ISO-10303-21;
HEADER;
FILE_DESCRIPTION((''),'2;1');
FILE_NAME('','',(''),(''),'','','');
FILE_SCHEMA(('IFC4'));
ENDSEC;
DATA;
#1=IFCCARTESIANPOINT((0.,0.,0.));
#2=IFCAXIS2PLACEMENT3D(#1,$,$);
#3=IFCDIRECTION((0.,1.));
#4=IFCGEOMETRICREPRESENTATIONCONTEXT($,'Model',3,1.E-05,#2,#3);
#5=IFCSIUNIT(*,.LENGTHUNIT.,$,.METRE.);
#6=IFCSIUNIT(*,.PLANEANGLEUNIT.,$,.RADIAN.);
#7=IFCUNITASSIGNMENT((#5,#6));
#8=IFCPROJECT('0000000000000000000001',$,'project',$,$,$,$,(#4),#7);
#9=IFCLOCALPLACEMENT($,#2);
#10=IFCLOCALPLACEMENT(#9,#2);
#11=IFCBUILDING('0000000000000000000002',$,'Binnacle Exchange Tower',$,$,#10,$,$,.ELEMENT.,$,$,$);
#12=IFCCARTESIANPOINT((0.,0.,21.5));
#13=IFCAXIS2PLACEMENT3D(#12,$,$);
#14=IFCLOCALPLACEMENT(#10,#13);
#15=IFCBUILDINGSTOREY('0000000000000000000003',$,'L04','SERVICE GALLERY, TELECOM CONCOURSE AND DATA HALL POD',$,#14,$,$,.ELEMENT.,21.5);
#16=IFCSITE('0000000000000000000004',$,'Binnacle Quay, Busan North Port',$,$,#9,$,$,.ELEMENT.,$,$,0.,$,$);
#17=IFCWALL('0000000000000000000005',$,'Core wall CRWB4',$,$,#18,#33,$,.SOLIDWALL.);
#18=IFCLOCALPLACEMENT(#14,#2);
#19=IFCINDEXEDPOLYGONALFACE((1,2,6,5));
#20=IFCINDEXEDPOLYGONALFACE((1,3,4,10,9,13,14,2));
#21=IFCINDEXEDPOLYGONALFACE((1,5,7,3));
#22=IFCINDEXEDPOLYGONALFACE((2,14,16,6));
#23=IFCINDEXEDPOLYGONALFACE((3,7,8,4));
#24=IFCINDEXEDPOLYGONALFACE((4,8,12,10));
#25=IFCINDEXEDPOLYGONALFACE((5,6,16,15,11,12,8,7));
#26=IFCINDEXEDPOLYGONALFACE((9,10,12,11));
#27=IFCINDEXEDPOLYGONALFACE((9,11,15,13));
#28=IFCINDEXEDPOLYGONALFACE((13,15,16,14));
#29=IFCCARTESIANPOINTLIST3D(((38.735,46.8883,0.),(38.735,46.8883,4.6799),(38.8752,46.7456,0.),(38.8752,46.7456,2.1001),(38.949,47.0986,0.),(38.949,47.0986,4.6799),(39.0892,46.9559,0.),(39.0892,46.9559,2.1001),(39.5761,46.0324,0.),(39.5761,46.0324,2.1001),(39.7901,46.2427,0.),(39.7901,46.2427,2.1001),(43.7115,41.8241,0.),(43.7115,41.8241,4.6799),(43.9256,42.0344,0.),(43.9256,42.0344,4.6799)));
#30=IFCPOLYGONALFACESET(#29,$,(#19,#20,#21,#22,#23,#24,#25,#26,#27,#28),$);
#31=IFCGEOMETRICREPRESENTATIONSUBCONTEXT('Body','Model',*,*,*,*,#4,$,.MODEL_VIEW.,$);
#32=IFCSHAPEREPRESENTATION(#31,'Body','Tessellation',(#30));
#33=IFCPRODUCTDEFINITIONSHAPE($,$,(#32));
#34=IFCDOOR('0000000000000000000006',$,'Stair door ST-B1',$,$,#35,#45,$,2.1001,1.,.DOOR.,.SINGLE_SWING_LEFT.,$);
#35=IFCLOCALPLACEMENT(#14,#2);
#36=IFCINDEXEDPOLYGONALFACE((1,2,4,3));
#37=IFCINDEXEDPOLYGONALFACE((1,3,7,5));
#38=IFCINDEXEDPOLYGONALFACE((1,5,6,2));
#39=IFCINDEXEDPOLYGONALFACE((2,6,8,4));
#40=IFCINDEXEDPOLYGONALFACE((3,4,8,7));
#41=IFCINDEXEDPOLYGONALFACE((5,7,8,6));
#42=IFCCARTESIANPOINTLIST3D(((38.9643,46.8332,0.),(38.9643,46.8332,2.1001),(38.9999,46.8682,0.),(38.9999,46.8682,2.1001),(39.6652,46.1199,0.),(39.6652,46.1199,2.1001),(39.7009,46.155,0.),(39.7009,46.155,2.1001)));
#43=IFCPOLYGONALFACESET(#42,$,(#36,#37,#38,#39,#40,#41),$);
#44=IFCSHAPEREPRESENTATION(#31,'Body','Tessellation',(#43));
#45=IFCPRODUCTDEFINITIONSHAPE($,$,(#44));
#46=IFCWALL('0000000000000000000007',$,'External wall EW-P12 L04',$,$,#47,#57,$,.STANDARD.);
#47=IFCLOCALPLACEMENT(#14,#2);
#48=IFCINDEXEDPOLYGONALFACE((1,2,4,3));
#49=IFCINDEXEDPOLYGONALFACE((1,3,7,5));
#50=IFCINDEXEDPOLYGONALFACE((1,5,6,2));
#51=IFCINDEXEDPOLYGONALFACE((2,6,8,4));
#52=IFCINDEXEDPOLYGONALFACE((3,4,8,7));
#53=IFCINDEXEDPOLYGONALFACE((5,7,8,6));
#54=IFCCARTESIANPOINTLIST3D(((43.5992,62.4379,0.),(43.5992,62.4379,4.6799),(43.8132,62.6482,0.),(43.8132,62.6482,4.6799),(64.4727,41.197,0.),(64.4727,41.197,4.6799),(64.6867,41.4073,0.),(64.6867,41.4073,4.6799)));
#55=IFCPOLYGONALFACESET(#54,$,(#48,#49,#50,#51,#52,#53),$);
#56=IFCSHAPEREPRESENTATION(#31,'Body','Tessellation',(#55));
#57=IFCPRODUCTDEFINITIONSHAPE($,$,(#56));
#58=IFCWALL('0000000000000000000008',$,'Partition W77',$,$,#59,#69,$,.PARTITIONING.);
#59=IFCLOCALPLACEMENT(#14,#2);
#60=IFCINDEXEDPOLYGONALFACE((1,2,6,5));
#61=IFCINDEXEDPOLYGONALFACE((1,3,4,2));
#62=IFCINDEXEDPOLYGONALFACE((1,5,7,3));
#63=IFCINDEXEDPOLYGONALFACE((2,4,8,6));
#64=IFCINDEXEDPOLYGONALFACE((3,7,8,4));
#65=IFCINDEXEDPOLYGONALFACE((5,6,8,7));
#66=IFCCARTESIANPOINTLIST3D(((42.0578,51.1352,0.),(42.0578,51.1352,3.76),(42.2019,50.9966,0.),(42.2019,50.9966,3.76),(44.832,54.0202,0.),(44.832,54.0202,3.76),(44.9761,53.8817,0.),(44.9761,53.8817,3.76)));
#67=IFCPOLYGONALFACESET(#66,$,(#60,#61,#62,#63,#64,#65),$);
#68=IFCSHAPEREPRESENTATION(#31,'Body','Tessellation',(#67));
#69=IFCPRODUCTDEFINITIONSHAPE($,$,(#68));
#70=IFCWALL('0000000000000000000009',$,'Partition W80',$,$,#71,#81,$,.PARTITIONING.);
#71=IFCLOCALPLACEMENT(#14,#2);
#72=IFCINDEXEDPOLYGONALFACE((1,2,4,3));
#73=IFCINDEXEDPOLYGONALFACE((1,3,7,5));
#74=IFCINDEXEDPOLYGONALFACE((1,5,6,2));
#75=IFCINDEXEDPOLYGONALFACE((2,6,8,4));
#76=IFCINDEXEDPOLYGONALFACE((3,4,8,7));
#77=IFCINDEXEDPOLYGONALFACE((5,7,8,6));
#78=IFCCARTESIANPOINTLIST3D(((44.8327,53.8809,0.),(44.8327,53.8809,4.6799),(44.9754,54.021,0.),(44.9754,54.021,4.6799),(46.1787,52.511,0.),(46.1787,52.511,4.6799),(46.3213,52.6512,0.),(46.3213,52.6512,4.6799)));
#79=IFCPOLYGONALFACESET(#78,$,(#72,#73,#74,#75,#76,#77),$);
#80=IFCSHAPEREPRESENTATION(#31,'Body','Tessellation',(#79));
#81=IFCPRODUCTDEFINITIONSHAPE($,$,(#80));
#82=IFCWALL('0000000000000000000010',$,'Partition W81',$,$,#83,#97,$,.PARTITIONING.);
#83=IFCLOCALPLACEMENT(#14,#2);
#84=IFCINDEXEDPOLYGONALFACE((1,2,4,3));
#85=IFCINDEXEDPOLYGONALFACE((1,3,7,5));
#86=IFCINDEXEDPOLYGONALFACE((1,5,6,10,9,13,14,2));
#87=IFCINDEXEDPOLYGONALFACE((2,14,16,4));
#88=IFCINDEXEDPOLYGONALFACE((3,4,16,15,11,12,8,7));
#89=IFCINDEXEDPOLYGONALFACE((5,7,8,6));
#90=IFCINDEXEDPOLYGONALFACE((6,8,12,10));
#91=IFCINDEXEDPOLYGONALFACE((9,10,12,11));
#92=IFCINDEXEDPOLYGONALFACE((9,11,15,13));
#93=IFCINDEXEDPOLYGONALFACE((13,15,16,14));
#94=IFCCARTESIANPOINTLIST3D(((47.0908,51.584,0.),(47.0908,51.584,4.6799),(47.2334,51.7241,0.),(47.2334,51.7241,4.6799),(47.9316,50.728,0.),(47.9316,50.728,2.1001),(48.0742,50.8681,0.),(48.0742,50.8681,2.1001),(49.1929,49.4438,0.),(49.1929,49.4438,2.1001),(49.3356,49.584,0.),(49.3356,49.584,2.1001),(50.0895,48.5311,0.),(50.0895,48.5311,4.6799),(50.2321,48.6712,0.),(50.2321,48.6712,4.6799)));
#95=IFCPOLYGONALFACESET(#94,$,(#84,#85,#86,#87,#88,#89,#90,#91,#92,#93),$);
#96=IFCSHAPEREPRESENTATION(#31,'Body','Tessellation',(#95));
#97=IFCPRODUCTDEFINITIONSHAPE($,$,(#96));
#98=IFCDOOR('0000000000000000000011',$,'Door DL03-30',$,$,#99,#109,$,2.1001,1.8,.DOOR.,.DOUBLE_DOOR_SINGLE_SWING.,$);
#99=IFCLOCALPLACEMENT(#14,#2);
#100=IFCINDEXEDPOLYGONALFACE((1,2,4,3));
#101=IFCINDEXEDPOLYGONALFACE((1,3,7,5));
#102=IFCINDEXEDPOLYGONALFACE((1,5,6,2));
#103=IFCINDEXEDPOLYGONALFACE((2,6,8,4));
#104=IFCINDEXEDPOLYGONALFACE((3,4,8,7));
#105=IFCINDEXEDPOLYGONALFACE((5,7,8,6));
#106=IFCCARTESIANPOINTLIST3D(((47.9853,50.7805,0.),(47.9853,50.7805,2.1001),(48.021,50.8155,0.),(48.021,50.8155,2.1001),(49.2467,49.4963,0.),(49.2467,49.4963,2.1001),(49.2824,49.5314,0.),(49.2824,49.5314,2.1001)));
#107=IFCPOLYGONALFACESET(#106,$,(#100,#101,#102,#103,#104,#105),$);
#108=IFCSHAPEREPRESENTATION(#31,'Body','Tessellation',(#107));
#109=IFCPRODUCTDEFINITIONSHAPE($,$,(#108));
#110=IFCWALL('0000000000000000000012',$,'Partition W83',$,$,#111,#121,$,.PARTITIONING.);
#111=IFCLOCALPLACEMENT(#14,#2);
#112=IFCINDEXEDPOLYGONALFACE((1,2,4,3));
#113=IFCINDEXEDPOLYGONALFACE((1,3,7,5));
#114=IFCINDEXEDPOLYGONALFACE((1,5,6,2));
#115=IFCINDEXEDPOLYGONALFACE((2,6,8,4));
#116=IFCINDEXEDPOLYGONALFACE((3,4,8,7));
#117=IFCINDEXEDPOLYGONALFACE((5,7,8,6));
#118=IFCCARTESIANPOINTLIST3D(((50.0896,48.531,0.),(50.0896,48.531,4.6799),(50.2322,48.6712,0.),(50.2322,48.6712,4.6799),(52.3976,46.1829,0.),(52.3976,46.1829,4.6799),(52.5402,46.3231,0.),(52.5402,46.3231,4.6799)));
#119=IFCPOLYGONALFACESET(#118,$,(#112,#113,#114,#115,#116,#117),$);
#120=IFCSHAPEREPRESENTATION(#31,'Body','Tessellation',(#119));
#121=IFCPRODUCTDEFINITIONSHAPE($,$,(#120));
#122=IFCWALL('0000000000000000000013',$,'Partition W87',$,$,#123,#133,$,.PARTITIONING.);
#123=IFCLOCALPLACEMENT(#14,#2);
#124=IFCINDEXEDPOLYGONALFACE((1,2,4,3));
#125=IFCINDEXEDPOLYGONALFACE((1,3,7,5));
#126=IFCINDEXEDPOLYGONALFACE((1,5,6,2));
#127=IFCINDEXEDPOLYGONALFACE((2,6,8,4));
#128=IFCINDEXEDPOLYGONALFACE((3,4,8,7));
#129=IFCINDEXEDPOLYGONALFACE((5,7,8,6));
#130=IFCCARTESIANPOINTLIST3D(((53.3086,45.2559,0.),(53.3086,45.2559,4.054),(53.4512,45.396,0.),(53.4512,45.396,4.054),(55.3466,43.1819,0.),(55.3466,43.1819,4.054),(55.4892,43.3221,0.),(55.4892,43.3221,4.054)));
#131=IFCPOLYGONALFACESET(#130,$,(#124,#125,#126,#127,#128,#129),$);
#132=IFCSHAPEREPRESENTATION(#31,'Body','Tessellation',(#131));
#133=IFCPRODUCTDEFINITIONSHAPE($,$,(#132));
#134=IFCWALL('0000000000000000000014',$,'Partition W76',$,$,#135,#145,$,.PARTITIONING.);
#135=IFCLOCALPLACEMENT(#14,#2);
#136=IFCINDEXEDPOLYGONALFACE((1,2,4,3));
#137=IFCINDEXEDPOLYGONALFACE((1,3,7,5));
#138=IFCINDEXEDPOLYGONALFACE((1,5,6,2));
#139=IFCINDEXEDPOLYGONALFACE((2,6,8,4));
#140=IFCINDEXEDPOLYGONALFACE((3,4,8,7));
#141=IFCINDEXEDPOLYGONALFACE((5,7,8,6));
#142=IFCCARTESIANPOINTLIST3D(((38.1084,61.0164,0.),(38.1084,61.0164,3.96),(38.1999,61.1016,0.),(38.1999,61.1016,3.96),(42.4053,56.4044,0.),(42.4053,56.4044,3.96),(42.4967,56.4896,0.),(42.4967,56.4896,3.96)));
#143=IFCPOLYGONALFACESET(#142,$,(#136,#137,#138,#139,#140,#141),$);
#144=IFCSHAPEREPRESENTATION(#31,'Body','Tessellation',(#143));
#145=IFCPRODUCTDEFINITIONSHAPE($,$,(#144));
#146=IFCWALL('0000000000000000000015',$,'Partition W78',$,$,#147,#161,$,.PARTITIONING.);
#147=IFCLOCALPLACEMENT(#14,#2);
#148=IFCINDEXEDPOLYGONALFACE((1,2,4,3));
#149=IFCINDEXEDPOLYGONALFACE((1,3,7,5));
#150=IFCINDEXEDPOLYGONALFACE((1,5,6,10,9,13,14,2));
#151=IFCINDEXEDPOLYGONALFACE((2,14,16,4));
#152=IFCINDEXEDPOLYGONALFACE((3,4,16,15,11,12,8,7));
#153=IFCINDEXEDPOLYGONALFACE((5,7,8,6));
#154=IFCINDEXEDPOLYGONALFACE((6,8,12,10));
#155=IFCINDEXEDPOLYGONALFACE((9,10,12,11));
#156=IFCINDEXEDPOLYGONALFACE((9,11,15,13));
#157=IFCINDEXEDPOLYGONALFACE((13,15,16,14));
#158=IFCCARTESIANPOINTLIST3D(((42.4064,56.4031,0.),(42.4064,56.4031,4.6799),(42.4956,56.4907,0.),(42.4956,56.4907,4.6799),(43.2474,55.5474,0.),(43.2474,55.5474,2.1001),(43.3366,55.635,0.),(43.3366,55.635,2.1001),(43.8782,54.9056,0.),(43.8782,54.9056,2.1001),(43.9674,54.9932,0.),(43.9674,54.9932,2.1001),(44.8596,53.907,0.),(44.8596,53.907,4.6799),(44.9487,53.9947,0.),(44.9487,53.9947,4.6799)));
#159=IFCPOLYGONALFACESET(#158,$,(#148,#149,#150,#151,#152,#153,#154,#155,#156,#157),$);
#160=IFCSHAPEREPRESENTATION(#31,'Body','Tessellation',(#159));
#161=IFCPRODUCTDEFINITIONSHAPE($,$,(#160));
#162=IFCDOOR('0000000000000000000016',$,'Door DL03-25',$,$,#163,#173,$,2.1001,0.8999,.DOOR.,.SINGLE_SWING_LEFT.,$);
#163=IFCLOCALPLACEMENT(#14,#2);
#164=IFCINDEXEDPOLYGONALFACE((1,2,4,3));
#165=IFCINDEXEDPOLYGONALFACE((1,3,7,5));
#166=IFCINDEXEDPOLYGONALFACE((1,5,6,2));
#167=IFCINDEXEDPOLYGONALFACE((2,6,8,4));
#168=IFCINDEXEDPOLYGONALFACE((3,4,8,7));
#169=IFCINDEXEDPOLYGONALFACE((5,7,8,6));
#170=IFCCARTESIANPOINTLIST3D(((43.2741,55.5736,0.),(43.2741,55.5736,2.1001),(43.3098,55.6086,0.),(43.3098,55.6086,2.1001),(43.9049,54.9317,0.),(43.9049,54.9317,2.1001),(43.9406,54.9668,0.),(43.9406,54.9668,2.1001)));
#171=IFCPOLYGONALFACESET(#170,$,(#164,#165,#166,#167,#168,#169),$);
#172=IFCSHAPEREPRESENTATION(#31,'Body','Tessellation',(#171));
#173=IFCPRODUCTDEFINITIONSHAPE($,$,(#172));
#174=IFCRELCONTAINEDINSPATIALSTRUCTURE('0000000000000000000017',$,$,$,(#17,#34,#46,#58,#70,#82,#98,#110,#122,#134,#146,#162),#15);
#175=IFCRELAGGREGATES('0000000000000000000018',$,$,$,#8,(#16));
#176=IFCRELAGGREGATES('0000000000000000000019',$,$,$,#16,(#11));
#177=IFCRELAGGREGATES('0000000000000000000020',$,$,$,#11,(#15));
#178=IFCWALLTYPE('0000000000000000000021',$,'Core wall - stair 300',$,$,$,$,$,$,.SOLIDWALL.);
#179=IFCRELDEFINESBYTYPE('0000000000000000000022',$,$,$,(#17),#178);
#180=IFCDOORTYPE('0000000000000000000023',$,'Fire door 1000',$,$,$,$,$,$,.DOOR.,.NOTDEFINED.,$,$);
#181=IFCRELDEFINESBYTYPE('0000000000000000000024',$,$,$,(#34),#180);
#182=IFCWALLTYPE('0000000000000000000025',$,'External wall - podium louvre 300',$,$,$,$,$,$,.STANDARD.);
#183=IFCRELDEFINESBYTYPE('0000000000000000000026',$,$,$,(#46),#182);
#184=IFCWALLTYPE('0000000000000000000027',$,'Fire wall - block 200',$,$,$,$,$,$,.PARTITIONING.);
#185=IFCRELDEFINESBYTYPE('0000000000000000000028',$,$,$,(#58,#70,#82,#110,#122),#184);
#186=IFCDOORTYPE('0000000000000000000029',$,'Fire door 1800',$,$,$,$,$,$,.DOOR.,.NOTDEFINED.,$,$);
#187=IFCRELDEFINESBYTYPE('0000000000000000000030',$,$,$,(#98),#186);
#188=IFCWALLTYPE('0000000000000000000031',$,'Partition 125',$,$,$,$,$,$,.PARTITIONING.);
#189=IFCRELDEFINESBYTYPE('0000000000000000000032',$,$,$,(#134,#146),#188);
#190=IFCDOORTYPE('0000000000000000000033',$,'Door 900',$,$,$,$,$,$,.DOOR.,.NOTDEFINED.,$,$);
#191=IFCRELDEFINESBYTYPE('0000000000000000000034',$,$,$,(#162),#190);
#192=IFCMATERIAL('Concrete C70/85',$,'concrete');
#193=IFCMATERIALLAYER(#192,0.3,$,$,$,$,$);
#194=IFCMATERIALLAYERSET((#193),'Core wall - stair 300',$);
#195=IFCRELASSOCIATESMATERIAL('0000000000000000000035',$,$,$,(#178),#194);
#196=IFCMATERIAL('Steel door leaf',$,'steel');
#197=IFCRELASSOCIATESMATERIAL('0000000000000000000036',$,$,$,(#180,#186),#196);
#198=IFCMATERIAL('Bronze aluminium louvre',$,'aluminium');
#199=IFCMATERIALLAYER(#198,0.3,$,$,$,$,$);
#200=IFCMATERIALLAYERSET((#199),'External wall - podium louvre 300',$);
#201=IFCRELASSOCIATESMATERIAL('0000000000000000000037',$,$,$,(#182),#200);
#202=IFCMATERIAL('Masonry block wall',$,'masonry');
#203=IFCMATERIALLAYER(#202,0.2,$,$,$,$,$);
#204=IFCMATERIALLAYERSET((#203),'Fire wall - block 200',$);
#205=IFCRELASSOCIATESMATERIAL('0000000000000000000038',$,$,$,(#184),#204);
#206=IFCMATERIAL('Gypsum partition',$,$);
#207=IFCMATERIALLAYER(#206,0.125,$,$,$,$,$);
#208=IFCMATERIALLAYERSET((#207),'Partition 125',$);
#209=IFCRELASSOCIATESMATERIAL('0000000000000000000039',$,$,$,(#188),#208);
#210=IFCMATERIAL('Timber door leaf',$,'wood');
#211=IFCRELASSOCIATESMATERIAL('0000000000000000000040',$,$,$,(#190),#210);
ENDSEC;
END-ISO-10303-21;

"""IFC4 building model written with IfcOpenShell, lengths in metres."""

from ifc_helpers import new_model, si_unit, direction, frame, frame_2d, origin, place, context, subcontext, project, spatial, rectangle, extrude, material, layer, layer_set, type_object, element, fill, save


model = new_model("IFC4")

# Units and contexts
model_context = context("Model", 3, precision=1e-05, world=origin(), true_north=direction((0.0, 1.0)))
body_context = subcontext(model_context, "Body", "Model", "MODEL_VIEW")
ifc_project = project(units=[si_unit("LENGTHUNIT", "METRE"), si_unit("PLANEANGLEUNIT", "RADIAN")], contexts=[model_context])

# Site, building, storey
site_placement = place(None, origin())
site = spatial("IfcSite", under=ifc_project, at=site_placement, Name="Binnacle Quay, Busan North Port", CompositionType="ELEMENT", RefElevation=0.0)
building_placement = place(site_placement, origin())
building = spatial("IfcBuilding", under=site, at=building_placement, Name="Binnacle Exchange Tower", CompositionType="ELEMENT")
storey_placement = place(building_placement, frame((0.0, 0.0, 21.5)))
storey = spatial("IfcBuildingStorey", under=building, at=storey_placement, Name="L04", Description="SERVICE GALLERY, TELECOM CONCOURSE AND DATA HALL POD", CompositionType="ELEMENT", Elevation=21.5)

# Shared definitions
ifc_material_1 = material(Name="Concrete C70/85", Category="concrete")

# Wall, opening, door
ifc_layer_1 = layer(ifc_material_1, 0.3)
ifc_layer_set_1 = layer_set([ifc_layer_1], Name="Core wall - stair 300")
wall_type_1 = type_object("IfcWallType", Name="Core wall - stair 300", PredefinedType="SOLIDWALL", material=ifc_layer_set_1)
wall_1_placement = place(storey_placement, frame((38.842, 46.9934, 0.0), z_axis=(0.0, 0.0, 1.0), x_axis=(0.700908, -0.713252, 0.0)))
wall_1 = element("IfcWall", 1, at=wall_1_placement, inside=storey, type_object=wall_type_1, Name="Core wall CRWB4", PredefinedType="SOLIDWALL", context=body_context, shape_type="SweptSolid", body=[
    extrude(rectangle(XDim=7.1001, YDim=0.3, at=frame_2d((3.55, 0.0))), origin(), (0.0, 0.0, 1.0), 4.6799),
])
opening_1_placement = place(wall_1_placement, frame((0.2, 0.0, 0.0)))
opening_1 = element("IfcOpeningElement", 2, at=opening_1_placement, cuts=wall_1, PredefinedType="OPENING", context=body_context, shape_type="SweptSolid", body=[
    extrude(rectangle(XDim=1.0, YDim=2.1001, at=frame_2d((0.5, 1.05))), frame((0.0, 0.1599, 0.0), z_axis=(0.0, -1.0, 0.0), x_axis=(1.0, 0.0, 0.0)), (0.0, 0.0, 1.0), 0.3201),
])
ifc_material_2 = material(Name="Steel door leaf", Category="steel")
door_type_1 = type_object("IfcDoorType", Name="Fire door 1000", OperationType="NOTDEFINED", PredefinedType="DOOR", material=ifc_material_2)
door_1_placement = place(opening_1_placement, origin())
door_1 = element("IfcDoor", 3, at=door_1_placement, inside=storey, type_object=door_type_1, Name="Stair door ST-B1", OperationType="SINGLE_SWING_LEFT", OverallHeight=2.1001, OverallWidth=1.0, PredefinedType="DOOR", context=body_context, shape_type="SweptSolid", body=[
    extrude(rectangle(XDim=1.0, YDim=2.1001, at=frame_2d((0.5, 1.05))), frame((0.0, 0.0249, 0.0), z_axis=(0.0, -1.0, 0.0), x_axis=(1.0, 0.0, 0.0)), (0.0, 0.0, 1.0), 0.05),
])
fill(opening_1, door_1)

# Walls
ifc_material_3 = material(Name="Bronze aluminium louvre", Category="aluminium")
ifc_layer_2 = layer(ifc_material_3, 0.3)
ifc_layer_set_2 = layer_set([ifc_layer_2], Name="External wall - podium louvre 300")
wall_type_2 = type_object("IfcWallType", Name="External wall - podium louvre 300", PredefinedType="STANDARD", material=ifc_layer_set_2)
wall_2_placement = place(storey_placement, frame((43.7063, 62.543, 0.0), z_axis=(0.0, 0.0, 1.0), x_axis=(0.700911, -0.713249, 0.0)))
element("IfcWall", 4, at=wall_2_placement, inside=storey, type_object=wall_type_2, Name="External wall EW-P12 L04", PredefinedType="STANDARD", context=body_context, shape_type="SweptSolid", body=[
    extrude(rectangle(XDim=29.7805, YDim=0.3, at=frame_2d((14.8901, 0.0))), origin(), (0.0, 0.0, 1.0), 4.6799),
])
ifc_material_4 = material(Name="Masonry block wall", Category="masonry")
ifc_layer_3 = layer(ifc_material_4, 0.2)
ifc_layer_set_3 = layer_set([ifc_layer_3], Name="Fire wall - block 200")
wall_type_3 = type_object("IfcWallType", Name="Fire wall - block 200", PredefinedType="PARTITIONING", material=ifc_layer_set_3)
wall_3_placement = place(storey_placement, frame((42.1299, 51.0659, 0.0), z_axis=(0.0, 0.0, 1.0), x_axis=(0.693125, 0.720818, 0.0)))
element("IfcWall", 5, at=wall_3_placement, inside=storey, type_object=wall_type_3, Name="Partition W77", PredefinedType="PARTITIONING", context=body_context, shape_type="SweptSolid", body=[
    extrude(rectangle(XDim=4.0024, YDim=0.2, at=frame_2d((2.0012, 0.0))), origin(), (0.0, 0.0, 1.0), 3.76),
])
wall_4_placement = place(storey_placement, frame((44.9041, 53.9509, 0.0), z_axis=(0.0, 0.0, 1.0), x_axis=(0.70085, -0.713309, 0.0)))
element("IfcWall", 6, at=wall_4_placement, inside=storey, type_object=wall_type_3, Name="Partition W80", PredefinedType="PARTITIONING", context=body_context, shape_type="SweptSolid", body=[
    extrude(rectangle(XDim=1.9204, YDim=0.2, at=frame_2d((0.9602, 0.0))), origin(), (0.0, 0.0, 1.0), 4.6799),
])

# Wall, opening, door
wall_5_placement = place(storey_placement, frame((47.1621, 51.6541, 0.0), z_axis=(0.0, 0.0, 1.0), x_axis=(0.700746, -0.713411, 0.0)))
wall_5 = element("IfcWall", 7, at=wall_5_placement, inside=storey, type_object=wall_type_3, Name="Partition W81", PredefinedType="PARTITIONING", context=body_context, shape_type="SweptSolid", body=[
    extrude(rectangle(XDim=4.2793, YDim=0.2, at=frame_2d((2.1396, 0.0))), origin(), (0.0, 0.0, 1.0), 4.6799),
])
opening_2_placement = place(wall_5_placement, frame((1.2, 0.0, 0.0)))
opening_2 = element("IfcOpeningElement", 8, at=opening_2_placement, cuts=wall_5, PredefinedType="OPENING", context=body_context, shape_type="SweptSolid", body=[
    extrude(rectangle(XDim=1.8, YDim=2.1001, at=frame_2d((0.8999, 1.05))), frame((0.0, 0.1099, 0.0), z_axis=(0.0, -1.0, 0.0), x_axis=(1.0, 0.0, 0.0)), (0.0, 0.0, 1.0), 0.22),
])
door_type_2 = type_object("IfcDoorType", Name="Fire door 1800", OperationType="NOTDEFINED", PredefinedType="DOOR", material=ifc_material_2)
door_2_placement = place(opening_2_placement, frame((1.8, 0.0, 0.0), z_axis=(0.0, 0.0, 1.0), x_axis=(-1.0, 0.0, 0.0)))
door_2 = element("IfcDoor", 9, at=door_2_placement, inside=storey, type_object=door_type_2, Name="Door DL03-30", OperationType="DOUBLE_DOOR_SINGLE_SWING", OverallHeight=2.1001, OverallWidth=1.8, PredefinedType="DOOR", context=body_context, shape_type="SweptSolid", body=[
    extrude(rectangle(XDim=1.8, YDim=2.1001, at=frame_2d((0.8999, 1.05))), frame((0.0, 0.0249, 0.0), z_axis=(0.0, -1.0, 0.0), x_axis=(1.0, 0.0, 0.0)), (0.0, 0.0, 1.0), 0.05),
])
fill(opening_2, door_2)

# Walls
wall_6_placement = place(storey_placement, frame((50.1609, 48.6011, 0.0), z_axis=(0.0, 0.0, 1.0), x_axis=(0.701, -0.713161, 0.0)))
element("IfcWall", 10, at=wall_6_placement, inside=storey, type_object=wall_type_3, Name="Partition W83", PredefinedType="PARTITIONING", context=body_context, shape_type="SweptSolid", body=[
    extrude(rectangle(XDim=3.2925, YDim=0.2, at=frame_2d((1.6462, 0.0))), origin(), (0.0, 0.0, 1.0), 4.6799),
])
wall_7_placement = place(storey_placement, frame((53.3799, 45.3259, 0.0), z_axis=(0.0, 0.0, 1.0), x_axis=(0.700909, -0.713251, 0.0)))
element("IfcWall", 11, at=wall_7_placement, inside=storey, type_object=wall_type_3, Name="Partition W87", PredefinedType="PARTITIONING", context=body_context, shape_type="SweptSolid", body=[
    extrude(rectangle(XDim=2.9077, YDim=0.2, at=frame_2d((1.4539, 0.0))), origin(), (0.0, 0.0, 1.0), 4.054),
])
ifc_material_5 = material(Name="Gypsum partition")
ifc_layer_4 = layer(ifc_material_5, 0.125)
ifc_layer_set_4 = layer_set([ifc_layer_4], Name="Partition 125")
wall_type_4 = type_object("IfcWallType", Name="Partition 125", PredefinedType="PARTITIONING", material=ifc_layer_set_4)
wall_8_placement = place(storey_placement, frame((38.1541, 61.0591, 0.0), z_axis=(0.0, 0.0, 1.0), x_axis=(0.681664, -0.731665, 0.0)))
element("IfcWall", 12, at=wall_8_placement, inside=storey, type_object=wall_type_4, Name="Partition W76", PredefinedType="PARTITIONING", context=body_context, shape_type="SweptSolid", body=[
    extrude(rectangle(XDim=6.3035, YDim=0.125, at=frame_2d((3.1519, 0.0))), origin(), (0.0, 0.0, 1.0), 3.96),
])

# Wall, opening, door
wall_9_placement = place(storey_placement, frame((42.4509, 56.447, 0.0), z_axis=(0.0, 0.0, 1.0), x_axis=(0.700941, -0.713219, 0.0)))
wall_9 = element("IfcWall", 13, at=wall_9_placement, inside=storey, type_object=wall_type_4, Name="Partition W78", PredefinedType="PARTITIONING", context=body_context, shape_type="SweptSolid", body=[
    extrude(rectangle(XDim=3.4998, YDim=0.125, at=frame_2d((1.75, 0.0))), origin(), (0.0, 0.0, 1.0), 4.6799),
])
opening_3_placement = place(wall_9_placement, frame((1.2, 0.0, 0.0)))
opening_3 = element("IfcOpeningElement", 14, at=opening_3_placement, cuts=wall_9, PredefinedType="OPENING", context=body_context, shape_type="SweptSolid", body=[
    extrude(rectangle(XDim=0.8999, YDim=2.1001, at=frame_2d((0.45, 1.05))), frame((0.0, 0.0725, 0.0), z_axis=(0.0, -1.0, 0.0), x_axis=(1.0, 0.0, 0.0)), (0.0, 0.0, 1.0), 0.145),
])
ifc_material_6 = material(Name="Timber door leaf", Category="wood")
door_type_3 = type_object("IfcDoorType", Name="Door 900", OperationType="NOTDEFINED", PredefinedType="DOOR", material=ifc_material_6)
door_3_placement = place(opening_3_placement, origin())
door_3 = element("IfcDoor", 15, at=door_3_placement, inside=storey, type_object=door_type_3, Name="Door DL03-25", OperationType="SINGLE_SWING_LEFT", OverallHeight=2.1001, OverallWidth=0.8999, PredefinedType="DOOR", context=body_context, shape_type="SweptSolid", body=[
    extrude(rectangle(XDim=0.8999, YDim=2.1001, at=frame_2d((0.45, 1.05))), frame((0.0, 0.0249, 0.0), z_axis=(0.0, -1.0, 0.0), x_axis=(1.0, 0.0, 0.0)), (0.0, 0.0, 1.0), 0.05),
])
fill(opening_3, door_3)

save(model, "model.ifc")
